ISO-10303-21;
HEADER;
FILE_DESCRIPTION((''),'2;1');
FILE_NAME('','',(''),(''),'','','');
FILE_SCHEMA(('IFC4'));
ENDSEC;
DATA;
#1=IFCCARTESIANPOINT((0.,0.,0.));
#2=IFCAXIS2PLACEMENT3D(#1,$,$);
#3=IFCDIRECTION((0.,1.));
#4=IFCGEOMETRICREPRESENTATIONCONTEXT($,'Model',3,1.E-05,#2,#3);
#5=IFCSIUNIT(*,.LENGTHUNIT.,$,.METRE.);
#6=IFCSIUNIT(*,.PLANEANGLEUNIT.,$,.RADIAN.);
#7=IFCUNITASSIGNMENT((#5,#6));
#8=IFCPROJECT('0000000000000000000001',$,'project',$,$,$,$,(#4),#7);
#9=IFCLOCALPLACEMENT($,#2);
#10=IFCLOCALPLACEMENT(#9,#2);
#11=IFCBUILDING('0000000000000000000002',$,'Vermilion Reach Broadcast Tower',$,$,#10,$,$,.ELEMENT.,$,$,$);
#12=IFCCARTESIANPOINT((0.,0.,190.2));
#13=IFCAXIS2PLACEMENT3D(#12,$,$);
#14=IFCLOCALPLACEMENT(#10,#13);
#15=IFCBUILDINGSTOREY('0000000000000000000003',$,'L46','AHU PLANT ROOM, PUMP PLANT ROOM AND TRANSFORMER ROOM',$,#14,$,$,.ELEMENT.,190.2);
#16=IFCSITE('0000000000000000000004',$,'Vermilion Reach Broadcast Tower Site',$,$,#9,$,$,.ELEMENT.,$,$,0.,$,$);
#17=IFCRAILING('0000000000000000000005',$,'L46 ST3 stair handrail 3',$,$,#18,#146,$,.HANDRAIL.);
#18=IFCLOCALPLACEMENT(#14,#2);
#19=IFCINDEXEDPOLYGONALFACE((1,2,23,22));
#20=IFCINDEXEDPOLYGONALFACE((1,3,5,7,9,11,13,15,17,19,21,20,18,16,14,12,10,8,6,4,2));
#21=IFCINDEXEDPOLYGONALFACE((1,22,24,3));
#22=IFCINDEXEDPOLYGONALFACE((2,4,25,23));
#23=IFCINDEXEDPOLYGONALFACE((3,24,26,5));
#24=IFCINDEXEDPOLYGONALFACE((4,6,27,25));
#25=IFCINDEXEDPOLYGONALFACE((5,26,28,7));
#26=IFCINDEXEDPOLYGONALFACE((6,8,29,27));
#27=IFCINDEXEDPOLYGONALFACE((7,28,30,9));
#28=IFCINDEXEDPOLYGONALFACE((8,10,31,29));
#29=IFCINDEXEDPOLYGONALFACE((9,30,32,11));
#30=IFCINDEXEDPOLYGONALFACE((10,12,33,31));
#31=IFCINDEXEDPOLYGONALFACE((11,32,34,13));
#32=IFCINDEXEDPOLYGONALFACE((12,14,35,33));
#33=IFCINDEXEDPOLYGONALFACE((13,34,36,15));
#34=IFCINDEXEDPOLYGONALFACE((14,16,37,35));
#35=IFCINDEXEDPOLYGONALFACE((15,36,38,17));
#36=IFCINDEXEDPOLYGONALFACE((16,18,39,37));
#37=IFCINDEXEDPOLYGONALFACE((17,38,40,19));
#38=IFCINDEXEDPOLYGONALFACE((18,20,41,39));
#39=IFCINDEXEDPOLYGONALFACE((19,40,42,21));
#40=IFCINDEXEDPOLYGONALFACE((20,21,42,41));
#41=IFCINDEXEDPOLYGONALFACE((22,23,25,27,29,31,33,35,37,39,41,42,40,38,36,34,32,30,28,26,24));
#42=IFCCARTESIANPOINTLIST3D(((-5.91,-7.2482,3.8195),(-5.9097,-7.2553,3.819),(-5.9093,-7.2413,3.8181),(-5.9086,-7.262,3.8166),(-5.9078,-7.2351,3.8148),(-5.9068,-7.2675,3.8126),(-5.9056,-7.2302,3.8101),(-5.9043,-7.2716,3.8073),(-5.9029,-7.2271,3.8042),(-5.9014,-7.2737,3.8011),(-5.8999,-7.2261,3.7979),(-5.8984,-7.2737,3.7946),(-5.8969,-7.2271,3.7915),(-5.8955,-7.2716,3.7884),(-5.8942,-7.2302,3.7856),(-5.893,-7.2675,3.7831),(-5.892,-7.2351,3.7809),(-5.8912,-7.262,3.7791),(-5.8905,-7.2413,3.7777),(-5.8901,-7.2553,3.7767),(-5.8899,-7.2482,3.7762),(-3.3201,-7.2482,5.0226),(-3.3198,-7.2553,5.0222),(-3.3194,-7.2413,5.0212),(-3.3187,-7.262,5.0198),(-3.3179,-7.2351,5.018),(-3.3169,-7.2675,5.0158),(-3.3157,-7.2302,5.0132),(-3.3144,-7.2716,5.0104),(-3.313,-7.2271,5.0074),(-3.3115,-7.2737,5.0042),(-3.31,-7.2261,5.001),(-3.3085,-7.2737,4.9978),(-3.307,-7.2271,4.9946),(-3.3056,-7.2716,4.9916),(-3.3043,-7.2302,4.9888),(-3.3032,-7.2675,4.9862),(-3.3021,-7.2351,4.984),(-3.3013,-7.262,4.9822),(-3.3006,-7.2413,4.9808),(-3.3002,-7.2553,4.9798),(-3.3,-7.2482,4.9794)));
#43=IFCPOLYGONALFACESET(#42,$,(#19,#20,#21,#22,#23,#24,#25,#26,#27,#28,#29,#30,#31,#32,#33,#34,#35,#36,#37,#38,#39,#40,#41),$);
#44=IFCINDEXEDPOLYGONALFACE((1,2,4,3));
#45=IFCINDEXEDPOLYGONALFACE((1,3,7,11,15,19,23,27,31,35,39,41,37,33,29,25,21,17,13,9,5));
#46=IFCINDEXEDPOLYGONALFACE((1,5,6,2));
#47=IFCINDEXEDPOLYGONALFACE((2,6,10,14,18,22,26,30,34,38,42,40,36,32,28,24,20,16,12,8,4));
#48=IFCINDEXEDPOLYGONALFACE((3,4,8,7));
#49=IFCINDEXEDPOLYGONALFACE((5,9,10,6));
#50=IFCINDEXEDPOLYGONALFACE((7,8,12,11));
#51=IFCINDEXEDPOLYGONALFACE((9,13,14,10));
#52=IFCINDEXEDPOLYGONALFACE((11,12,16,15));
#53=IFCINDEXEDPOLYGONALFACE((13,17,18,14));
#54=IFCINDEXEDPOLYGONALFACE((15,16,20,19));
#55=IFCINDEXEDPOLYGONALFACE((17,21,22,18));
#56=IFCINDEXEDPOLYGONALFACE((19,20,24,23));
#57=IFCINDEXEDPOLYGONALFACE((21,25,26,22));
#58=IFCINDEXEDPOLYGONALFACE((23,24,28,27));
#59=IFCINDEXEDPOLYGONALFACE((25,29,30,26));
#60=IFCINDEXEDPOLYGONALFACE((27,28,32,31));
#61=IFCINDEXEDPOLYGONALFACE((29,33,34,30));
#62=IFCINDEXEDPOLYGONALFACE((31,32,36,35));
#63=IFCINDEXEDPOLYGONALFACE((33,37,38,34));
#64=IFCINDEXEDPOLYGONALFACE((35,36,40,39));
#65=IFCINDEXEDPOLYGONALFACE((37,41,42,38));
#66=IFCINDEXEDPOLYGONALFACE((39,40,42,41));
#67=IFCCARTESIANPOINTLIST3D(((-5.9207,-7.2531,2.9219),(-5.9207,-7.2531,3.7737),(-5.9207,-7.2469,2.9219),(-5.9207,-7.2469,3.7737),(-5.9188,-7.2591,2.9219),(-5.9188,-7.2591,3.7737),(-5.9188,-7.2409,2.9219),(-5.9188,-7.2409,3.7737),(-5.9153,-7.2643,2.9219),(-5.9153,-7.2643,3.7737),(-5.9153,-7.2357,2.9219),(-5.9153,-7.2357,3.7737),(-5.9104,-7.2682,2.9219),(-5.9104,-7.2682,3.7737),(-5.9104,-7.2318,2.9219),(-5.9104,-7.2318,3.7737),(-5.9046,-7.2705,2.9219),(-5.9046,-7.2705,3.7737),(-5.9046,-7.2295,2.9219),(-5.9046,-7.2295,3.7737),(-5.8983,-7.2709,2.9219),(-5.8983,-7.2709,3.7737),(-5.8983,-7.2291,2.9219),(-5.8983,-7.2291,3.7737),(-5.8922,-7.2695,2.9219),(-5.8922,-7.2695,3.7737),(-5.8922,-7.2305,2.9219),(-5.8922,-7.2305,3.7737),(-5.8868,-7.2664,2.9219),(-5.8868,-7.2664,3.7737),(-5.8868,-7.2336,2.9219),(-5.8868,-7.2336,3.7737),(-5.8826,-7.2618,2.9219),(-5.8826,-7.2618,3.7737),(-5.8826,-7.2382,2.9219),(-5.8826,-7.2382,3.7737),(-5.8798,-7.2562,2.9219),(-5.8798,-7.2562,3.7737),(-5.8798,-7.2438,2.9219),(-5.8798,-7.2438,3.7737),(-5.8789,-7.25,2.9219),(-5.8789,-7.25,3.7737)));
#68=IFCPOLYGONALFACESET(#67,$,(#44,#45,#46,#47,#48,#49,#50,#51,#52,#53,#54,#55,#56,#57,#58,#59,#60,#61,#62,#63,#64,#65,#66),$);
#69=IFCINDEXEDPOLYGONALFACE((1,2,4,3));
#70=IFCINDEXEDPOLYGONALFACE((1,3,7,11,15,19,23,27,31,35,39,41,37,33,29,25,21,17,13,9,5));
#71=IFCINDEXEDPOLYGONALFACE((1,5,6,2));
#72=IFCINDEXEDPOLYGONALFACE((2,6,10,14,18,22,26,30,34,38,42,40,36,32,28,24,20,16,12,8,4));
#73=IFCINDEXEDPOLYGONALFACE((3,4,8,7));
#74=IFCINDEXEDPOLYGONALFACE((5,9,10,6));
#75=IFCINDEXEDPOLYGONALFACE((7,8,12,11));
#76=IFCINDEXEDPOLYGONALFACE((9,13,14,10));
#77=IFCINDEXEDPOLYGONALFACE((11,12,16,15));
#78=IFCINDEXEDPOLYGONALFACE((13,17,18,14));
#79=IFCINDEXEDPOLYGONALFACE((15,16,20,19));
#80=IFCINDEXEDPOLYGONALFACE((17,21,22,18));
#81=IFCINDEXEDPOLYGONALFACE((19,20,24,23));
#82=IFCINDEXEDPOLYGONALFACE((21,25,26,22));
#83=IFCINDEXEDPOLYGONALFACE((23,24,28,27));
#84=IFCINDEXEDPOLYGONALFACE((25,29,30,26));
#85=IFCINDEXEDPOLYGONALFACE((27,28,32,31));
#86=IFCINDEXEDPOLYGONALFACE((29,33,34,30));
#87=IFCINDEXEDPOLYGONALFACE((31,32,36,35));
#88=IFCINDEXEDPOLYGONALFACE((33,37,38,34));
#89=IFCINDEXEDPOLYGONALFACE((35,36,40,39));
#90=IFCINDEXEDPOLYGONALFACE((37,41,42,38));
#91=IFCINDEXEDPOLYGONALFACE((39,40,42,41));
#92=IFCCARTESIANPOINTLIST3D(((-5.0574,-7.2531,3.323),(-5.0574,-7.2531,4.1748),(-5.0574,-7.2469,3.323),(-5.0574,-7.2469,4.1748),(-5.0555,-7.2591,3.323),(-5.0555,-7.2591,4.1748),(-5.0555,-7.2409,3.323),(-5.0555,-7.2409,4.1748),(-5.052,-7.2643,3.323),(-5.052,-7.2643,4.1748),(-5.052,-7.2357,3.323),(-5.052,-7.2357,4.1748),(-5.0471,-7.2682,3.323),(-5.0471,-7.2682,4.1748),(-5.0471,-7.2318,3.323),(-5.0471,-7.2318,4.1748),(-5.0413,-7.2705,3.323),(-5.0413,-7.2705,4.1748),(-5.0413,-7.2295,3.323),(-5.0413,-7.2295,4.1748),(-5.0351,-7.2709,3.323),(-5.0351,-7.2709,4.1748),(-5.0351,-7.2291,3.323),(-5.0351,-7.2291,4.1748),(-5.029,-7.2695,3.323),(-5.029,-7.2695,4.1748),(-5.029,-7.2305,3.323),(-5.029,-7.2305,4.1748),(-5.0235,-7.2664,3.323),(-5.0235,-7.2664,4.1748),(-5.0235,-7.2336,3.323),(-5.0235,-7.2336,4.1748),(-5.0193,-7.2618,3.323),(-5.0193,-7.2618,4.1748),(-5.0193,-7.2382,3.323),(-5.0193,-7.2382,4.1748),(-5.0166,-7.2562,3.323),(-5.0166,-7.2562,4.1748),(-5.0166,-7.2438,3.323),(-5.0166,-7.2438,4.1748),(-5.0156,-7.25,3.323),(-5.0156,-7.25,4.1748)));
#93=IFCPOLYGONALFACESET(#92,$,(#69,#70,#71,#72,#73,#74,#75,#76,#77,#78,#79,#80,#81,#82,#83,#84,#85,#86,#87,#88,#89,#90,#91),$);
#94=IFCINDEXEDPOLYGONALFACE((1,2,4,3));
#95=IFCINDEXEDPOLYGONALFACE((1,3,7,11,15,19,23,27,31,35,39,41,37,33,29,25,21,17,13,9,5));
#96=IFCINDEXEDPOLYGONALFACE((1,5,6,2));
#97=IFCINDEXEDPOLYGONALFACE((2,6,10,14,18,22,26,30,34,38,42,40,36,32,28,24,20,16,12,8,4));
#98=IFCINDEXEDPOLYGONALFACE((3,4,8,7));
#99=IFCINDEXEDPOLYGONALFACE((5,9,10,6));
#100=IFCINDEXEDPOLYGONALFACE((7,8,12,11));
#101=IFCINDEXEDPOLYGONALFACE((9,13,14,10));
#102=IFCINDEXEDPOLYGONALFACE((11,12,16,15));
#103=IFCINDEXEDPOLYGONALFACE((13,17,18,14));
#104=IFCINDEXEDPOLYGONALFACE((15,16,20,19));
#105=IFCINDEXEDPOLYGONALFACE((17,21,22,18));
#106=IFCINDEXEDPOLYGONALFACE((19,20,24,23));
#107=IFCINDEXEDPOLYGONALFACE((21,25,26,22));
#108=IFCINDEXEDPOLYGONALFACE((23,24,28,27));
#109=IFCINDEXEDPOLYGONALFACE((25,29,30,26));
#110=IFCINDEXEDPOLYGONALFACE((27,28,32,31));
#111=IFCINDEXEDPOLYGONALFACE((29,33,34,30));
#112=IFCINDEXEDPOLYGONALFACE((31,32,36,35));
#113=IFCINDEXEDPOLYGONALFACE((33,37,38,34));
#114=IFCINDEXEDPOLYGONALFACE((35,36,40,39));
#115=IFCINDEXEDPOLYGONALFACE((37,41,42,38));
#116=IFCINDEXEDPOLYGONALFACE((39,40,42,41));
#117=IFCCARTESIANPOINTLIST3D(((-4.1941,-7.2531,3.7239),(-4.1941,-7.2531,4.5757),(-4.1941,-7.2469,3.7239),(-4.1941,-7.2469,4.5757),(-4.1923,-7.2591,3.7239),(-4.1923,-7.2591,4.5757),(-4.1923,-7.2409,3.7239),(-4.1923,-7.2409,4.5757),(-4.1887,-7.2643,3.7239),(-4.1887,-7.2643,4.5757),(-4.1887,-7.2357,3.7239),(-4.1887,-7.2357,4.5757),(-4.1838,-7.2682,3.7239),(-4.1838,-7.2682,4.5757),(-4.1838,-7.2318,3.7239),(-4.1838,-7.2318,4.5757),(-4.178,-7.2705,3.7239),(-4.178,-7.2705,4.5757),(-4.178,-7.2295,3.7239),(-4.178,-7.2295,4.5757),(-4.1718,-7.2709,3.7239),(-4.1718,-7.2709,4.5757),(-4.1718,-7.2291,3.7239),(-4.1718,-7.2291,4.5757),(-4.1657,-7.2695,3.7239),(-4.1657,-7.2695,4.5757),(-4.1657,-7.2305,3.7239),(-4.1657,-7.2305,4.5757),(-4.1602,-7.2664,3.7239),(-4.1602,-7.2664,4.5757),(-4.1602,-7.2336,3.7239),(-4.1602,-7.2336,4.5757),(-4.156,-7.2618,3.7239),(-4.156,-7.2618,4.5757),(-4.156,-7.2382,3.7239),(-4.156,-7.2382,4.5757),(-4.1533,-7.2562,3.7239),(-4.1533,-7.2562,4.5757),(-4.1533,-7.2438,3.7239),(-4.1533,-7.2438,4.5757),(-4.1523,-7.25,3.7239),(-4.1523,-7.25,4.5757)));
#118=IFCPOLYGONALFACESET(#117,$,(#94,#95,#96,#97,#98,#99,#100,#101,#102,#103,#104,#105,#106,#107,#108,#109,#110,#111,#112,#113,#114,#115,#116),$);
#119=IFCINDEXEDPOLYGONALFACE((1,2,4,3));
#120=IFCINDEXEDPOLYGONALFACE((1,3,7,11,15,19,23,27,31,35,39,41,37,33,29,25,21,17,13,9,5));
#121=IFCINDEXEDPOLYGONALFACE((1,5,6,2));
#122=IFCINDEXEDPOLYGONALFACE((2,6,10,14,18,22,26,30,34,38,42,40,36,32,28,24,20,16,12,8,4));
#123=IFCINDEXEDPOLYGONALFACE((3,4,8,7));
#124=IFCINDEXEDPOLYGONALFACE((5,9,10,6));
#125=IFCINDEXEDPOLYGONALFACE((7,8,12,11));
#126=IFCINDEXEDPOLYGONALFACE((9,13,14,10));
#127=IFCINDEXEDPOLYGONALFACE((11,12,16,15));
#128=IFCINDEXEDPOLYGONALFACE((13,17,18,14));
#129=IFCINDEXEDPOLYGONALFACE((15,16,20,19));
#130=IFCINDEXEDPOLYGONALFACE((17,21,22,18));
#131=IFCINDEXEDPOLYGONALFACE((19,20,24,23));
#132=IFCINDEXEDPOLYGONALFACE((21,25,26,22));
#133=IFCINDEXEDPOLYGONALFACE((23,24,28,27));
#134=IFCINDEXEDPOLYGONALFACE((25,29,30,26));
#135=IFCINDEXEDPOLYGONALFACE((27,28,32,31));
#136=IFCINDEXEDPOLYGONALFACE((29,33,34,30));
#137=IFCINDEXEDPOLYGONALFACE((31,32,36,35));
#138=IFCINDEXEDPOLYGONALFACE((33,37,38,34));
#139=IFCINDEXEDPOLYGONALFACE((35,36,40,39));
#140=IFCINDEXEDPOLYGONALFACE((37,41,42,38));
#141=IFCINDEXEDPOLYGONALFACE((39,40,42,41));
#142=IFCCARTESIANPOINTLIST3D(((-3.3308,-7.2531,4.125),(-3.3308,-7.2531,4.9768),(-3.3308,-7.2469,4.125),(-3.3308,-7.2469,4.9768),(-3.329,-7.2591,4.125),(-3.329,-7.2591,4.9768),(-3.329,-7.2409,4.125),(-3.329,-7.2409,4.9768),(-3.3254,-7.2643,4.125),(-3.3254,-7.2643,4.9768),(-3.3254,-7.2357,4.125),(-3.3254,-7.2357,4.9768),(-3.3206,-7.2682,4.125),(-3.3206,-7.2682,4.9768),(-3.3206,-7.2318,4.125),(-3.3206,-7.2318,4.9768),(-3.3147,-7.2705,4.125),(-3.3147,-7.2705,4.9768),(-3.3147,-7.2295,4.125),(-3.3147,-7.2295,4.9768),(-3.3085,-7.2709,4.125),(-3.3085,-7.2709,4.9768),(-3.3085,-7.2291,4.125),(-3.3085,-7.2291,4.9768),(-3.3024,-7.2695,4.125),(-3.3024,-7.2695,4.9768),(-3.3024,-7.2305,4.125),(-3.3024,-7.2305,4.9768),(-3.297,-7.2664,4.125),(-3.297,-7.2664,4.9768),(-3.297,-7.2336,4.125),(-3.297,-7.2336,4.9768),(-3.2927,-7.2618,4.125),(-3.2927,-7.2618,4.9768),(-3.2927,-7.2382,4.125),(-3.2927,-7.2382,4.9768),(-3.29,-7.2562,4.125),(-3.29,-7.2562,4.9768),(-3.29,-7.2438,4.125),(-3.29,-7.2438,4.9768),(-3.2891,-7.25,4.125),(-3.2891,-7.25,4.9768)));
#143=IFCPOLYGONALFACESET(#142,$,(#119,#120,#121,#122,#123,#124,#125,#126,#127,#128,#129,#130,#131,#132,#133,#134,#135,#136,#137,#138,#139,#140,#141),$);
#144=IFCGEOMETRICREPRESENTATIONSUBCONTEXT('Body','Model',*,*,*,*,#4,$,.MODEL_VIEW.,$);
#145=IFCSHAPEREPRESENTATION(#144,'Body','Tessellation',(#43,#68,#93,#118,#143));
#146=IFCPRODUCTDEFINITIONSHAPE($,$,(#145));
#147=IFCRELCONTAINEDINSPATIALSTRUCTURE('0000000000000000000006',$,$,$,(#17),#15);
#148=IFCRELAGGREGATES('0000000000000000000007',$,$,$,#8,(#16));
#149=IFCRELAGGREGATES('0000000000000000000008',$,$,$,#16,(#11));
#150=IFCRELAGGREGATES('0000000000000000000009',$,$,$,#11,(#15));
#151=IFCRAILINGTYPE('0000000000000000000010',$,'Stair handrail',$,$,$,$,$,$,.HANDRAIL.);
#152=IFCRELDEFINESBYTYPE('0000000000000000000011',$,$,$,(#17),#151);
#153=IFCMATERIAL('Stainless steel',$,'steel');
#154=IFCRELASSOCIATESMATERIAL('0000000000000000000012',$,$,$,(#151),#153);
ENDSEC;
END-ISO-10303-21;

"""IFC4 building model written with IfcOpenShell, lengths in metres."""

from ifc_helpers import new_model, si_unit, direction, frame, origin, origin_2d, place, context, subcontext, project, spatial, circle, extrude, material, type_object, element, save


model = new_model("IFC4")

# Units and contexts
model_context = context("Model", 3, precision=1e-05, world=origin(), true_north=direction((0.0, 1.0)))
body_context = subcontext(model_context, "Body", "Model", "MODEL_VIEW")
ifc_project = project(units=[si_unit("LENGTHUNIT", "METRE"), si_unit("PLANEANGLEUNIT", "RADIAN")], contexts=[model_context])

# Site, building, storey
site_placement = place(None, origin())
site = spatial("IfcSite", under=ifc_project, at=site_placement, Name="Vermilion Reach Broadcast Tower Site", CompositionType="ELEMENT", RefElevation=0.0)
building_placement = place(site_placement, origin())
building = spatial("IfcBuilding", under=site, at=building_placement, Name="Vermilion Reach Broadcast Tower", CompositionType="ELEMENT")
storey_placement = place(building_placement, frame((0.0, 0.0, 190.2)))
storey = spatial("IfcBuildingStorey", under=building, at=storey_placement, Name="L46", Description="AHU PLANT ROOM, PUMP PLANT ROOM AND TRANSFORMER ROOM", CompositionType="ELEMENT", Elevation=190.2)

# Railing
ifc_material_1 = material(Name="Stainless steel", Category="steel")
railing_type_1 = type_object("IfcRailingType", Name="Stair handrail", PredefinedType="HANDRAIL", material=ifc_material_1)
railing_1_placement = place(storey_placement, frame((-5.8999, -7.25, 2.9219)))
element("IfcRailing", 1, at=railing_1_placement, inside=storey, type_object=railing_type_1, Name="L46 ST3 stair handrail 3", PredefinedType="HANDRAIL", context=body_context, shape_type="SweptSolid", body=[
    extrude(circle(Radius=0.0239, at=origin_2d()), frame((0.0, 0.0, 0.876), z_axis=(0.906916, 0.0, 0.421312), x_axis=(0.0, 1.0, 0.0)), (0.0, 0.0, 1.0), 2.8557),
    extrude(circle(Radius=0.021, at=origin_2d()), origin(), (0.0, 0.0, 1.0), 0.8518),
    extrude(circle(Radius=0.021, at=origin_2d()), frame((0.8633, 0.0, 0.4011)), (0.0, 0.0, 1.0), 0.8518),
    extrude(circle(Radius=0.021, at=origin_2d()), frame((1.7266, 0.0, 0.802)), (0.0, 0.0, 1.0), 0.8518),
    extrude(circle(Radius=0.021, at=origin_2d()), frame((2.5898, 0.0, 1.2031)), (0.0, 0.0, 1.0), 0.8518),
])

save(model, "model.ifc")
